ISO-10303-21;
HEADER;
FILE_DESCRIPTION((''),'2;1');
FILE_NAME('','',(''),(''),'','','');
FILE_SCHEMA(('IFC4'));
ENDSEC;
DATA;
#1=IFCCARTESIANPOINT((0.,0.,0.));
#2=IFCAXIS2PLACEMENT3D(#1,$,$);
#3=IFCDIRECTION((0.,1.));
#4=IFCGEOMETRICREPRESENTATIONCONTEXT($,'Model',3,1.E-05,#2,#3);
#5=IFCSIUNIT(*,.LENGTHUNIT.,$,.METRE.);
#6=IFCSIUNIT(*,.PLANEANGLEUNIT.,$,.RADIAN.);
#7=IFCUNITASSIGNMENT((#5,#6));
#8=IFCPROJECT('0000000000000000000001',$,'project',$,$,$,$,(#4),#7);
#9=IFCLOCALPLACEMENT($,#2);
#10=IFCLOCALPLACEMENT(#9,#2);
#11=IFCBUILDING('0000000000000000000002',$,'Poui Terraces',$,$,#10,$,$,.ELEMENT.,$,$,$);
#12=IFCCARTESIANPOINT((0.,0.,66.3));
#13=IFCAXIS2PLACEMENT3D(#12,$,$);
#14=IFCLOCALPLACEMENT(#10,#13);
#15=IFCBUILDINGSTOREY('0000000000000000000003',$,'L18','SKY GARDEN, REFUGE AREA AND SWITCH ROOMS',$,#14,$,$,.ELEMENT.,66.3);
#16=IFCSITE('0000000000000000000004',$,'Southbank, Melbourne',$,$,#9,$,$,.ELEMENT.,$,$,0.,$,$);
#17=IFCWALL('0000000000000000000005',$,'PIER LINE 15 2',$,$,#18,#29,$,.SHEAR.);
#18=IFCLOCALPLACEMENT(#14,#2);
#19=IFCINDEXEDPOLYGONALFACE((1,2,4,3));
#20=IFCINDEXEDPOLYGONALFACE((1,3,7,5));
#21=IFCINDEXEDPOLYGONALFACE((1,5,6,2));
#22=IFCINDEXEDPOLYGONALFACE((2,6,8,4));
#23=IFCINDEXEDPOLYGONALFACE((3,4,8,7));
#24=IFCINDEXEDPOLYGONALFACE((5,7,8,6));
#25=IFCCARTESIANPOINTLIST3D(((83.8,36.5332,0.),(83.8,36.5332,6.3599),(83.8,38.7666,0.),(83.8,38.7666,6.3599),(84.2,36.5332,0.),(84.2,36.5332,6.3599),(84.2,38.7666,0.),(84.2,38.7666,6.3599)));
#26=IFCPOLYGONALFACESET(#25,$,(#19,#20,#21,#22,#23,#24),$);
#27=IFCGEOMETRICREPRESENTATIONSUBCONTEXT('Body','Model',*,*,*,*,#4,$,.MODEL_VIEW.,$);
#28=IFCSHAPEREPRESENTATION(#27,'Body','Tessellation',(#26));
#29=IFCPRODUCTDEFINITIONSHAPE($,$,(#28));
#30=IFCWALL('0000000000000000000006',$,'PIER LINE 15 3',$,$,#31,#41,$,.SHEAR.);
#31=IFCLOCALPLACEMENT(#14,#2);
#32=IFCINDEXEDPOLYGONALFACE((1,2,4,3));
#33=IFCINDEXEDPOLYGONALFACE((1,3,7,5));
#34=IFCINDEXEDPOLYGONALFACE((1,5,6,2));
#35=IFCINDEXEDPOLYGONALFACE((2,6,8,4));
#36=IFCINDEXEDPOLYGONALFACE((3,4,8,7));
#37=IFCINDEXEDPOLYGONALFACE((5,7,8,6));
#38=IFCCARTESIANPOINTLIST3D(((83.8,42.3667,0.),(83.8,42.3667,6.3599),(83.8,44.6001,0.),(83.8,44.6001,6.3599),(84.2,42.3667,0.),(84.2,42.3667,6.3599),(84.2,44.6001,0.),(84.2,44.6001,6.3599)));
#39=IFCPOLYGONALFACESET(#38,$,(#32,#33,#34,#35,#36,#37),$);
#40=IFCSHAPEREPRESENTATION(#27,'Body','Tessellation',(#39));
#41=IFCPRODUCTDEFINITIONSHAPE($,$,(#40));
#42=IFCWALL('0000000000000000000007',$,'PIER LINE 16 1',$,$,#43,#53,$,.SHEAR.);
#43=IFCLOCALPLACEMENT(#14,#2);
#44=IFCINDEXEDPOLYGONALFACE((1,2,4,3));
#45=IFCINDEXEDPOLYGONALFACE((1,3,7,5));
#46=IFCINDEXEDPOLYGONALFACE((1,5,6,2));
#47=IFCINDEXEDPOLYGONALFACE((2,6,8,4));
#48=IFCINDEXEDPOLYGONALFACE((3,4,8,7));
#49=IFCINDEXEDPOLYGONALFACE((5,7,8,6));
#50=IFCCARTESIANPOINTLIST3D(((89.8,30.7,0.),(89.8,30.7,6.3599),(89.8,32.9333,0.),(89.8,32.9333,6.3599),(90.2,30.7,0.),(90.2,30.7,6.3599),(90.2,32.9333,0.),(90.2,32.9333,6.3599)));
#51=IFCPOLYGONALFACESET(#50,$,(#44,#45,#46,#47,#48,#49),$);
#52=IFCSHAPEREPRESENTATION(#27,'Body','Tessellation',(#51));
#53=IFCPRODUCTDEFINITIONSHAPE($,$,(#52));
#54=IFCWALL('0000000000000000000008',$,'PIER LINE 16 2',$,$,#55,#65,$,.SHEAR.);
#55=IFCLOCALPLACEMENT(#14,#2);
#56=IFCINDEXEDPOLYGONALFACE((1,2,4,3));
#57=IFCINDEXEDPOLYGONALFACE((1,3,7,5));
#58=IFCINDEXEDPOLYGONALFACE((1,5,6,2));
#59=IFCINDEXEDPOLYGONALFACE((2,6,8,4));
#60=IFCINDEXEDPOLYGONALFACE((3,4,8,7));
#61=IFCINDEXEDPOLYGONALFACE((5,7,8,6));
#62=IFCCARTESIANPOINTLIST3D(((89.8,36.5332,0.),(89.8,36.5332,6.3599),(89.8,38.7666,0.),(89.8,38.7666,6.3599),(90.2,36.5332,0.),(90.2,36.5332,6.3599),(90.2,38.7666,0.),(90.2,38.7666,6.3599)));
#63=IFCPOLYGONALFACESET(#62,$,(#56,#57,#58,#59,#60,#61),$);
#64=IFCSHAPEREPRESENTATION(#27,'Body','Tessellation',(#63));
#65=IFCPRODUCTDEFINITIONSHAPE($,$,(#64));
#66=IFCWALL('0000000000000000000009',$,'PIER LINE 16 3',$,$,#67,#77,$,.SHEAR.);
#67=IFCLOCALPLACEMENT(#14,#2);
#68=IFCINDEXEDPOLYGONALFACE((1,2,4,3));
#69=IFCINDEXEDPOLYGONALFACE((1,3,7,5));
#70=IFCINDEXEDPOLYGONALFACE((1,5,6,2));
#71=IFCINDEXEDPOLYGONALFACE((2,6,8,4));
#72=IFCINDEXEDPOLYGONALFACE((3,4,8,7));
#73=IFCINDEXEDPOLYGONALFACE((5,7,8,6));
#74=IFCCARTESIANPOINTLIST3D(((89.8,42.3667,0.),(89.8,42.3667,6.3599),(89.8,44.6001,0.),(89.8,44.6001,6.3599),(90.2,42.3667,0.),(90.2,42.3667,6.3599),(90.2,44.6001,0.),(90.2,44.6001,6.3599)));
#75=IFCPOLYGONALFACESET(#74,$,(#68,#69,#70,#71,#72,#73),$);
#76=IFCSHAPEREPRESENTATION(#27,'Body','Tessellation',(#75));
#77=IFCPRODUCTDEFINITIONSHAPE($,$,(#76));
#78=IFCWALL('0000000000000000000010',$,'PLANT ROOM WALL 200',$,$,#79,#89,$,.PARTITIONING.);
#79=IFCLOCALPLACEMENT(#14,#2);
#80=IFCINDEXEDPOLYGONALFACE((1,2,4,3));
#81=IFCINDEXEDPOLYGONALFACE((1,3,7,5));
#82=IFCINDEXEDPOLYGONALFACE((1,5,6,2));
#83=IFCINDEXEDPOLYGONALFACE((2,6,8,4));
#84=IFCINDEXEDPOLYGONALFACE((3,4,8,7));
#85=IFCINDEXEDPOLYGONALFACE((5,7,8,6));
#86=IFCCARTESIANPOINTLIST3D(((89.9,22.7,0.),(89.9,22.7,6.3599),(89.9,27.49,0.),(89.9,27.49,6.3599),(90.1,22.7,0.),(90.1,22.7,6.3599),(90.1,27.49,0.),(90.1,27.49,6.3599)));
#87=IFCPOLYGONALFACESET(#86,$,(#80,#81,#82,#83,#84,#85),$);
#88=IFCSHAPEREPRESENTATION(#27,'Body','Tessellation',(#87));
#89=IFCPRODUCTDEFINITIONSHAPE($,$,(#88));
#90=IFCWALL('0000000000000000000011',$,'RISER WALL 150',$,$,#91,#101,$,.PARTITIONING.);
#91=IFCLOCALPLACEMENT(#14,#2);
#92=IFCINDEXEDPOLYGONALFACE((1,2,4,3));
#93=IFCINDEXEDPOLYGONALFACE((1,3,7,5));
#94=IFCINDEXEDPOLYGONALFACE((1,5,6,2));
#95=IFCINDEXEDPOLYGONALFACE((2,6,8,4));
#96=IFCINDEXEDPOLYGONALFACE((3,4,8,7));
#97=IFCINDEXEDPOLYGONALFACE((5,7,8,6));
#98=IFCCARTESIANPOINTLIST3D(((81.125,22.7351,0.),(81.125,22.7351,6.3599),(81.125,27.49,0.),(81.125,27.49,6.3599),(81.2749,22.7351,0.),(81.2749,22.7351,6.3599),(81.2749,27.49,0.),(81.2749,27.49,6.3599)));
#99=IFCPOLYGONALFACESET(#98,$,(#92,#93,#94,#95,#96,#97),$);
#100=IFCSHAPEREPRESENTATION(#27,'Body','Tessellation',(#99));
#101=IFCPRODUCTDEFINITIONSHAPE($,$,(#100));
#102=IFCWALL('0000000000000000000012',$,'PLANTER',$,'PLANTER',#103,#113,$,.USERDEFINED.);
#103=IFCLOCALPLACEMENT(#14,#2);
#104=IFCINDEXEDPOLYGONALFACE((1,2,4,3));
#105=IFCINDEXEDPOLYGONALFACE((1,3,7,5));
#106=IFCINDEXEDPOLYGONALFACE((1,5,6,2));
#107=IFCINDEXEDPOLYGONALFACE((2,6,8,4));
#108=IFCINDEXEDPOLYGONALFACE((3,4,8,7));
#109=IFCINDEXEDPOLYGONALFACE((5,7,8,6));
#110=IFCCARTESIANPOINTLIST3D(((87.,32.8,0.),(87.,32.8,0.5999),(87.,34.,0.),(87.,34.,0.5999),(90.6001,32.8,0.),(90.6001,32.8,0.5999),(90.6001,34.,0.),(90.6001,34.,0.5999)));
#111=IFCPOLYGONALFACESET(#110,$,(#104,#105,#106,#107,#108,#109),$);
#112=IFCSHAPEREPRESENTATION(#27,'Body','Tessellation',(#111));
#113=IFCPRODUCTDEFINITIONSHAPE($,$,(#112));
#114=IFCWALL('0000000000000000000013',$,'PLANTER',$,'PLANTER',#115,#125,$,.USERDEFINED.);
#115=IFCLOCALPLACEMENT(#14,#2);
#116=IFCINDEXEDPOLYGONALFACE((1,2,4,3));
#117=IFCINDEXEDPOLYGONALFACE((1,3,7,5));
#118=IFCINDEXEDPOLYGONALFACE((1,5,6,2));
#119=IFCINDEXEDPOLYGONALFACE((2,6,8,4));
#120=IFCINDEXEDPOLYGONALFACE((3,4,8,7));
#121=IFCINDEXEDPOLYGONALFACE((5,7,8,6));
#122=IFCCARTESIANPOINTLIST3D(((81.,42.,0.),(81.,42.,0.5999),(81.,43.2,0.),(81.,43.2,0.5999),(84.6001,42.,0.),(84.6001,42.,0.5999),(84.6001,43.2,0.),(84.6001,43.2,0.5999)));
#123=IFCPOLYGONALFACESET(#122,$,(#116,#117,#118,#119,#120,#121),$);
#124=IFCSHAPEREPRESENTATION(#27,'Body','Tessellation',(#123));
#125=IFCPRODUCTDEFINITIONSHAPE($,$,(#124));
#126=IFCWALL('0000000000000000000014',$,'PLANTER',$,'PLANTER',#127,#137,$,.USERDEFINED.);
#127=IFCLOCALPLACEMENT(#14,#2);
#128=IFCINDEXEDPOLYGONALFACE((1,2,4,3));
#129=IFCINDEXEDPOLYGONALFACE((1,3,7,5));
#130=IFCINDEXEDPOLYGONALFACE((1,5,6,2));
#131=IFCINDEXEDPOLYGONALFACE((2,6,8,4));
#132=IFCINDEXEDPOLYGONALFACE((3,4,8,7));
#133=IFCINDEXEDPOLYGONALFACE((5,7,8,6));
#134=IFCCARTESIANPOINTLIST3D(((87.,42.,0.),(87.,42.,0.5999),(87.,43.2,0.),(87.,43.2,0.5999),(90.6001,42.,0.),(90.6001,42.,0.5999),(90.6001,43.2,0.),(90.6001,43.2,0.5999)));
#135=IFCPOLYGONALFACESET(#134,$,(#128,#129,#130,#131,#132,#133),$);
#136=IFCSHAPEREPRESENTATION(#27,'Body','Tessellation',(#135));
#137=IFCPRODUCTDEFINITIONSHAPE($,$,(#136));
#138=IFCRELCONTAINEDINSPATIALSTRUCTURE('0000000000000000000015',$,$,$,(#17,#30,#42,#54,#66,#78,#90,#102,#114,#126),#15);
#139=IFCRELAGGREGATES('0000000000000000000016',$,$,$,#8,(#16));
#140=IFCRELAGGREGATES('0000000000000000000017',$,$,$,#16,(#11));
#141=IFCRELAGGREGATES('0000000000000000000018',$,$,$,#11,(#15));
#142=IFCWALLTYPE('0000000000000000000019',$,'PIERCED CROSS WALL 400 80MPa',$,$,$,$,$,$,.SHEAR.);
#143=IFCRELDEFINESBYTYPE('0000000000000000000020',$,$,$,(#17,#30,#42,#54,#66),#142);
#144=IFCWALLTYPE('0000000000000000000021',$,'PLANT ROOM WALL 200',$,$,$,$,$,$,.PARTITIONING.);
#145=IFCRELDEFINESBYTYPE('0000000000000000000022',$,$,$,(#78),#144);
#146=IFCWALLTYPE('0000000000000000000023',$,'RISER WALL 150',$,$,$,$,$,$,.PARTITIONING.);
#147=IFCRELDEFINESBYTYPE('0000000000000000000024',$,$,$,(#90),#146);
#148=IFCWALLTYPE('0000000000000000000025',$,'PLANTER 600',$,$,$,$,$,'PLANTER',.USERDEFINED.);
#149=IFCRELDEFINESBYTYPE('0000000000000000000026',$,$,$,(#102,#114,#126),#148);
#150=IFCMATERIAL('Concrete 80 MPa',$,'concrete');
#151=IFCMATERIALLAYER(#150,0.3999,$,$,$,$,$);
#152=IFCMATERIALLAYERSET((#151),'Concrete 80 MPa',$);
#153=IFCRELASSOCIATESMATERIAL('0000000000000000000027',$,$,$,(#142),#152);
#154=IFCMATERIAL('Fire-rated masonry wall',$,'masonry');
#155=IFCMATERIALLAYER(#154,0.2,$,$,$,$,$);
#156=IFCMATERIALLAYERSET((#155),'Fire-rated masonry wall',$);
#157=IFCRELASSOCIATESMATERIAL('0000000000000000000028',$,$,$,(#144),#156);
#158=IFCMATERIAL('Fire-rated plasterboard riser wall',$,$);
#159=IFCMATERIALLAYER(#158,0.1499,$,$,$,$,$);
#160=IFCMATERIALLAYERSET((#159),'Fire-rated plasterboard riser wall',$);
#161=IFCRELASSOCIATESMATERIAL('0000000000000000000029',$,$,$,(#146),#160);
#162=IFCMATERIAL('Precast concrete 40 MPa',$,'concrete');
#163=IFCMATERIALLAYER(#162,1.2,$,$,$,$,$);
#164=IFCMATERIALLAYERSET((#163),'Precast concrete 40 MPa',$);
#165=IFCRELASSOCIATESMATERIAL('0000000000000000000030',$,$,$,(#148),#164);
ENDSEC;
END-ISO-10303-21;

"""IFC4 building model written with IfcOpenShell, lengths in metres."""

from ifc_helpers import new_model, si_unit, direction, frame, frame_2d, origin, place, context, subcontext, project, spatial, polyline, rectangle, outline, extrude, source, transform, mapped, material, layer, layer_set, type_object, element, save


model = new_model("IFC4")

# Units and contexts
model_context = context("Model", 3, precision=1e-05, world=origin(), true_north=direction((0.0, 1.0)))
body_context = subcontext(model_context, "Body", "Model", "MODEL_VIEW")
ifc_project = project(units=[si_unit("LENGTHUNIT", "METRE"), si_unit("PLANEANGLEUNIT", "RADIAN")], contexts=[model_context])

# Site, building, storey
site_placement = place(None, origin())
site = spatial("IfcSite", under=ifc_project, at=site_placement, Name="Southbank, Melbourne", CompositionType="ELEMENT", RefElevation=0.0)
building_placement = place(site_placement, origin())
building = spatial("IfcBuilding", under=site, at=building_placement, Name="Poui Terraces", CompositionType="ELEMENT")
storey_placement = place(building_placement, frame((0.0, 0.0, 66.3)))
storey = spatial("IfcBuildingStorey", under=building, at=storey_placement, Name="L18", Description="SKY GARDEN, REFUGE AREA AND SWITCH ROOMS", CompositionType="ELEMENT", Elevation=66.3)

# Shared definitions
ifc_material_1 = material(Name="Concrete 80 MPa", Category="concrete")

# Walls
ifc_layer_1 = layer(ifc_material_1, 0.3999)
ifc_layer_set_1 = layer_set([ifc_layer_1], Name="Concrete 80 MPa")
wall_type_1 = type_object("IfcWallType", Name="PIERCED CROSS WALL 400 80MPa", PredefinedType="SHEAR", material=ifc_layer_set_1)
for number, where, z_axis, x_axis, name in (
    (1, (84.0, 36.5332, 0.0), (0.0, 0.0, 1.0), (0.0, 1.0, 0.0), "PIER LINE 15 2"),
    (2, (84.0, 42.3667, 0.0), (0.0, 0.0, 1.0), (0.0, 1.0, 0.0), "PIER LINE 15 3"),
    (3, (90.0, 30.7, 0.0), (0.0, 0.0, 1.0), (0.0, 1.0, 0.0), "PIER LINE 16 1"),
    (4, (90.0, 36.5332, 0.0), (0.0, 0.0, 1.0), (0.0, 1.0, 0.0), "PIER LINE 16 2"),
    (5, (90.0, 42.3667, 0.0), (0.0, 0.0, 1.0), (0.0, 1.0, 0.0), "PIER LINE 16 3"),
):
    element("IfcWall", number, at=place(storey_placement, frame(where, z_axis=z_axis, x_axis=x_axis)), inside=storey, type_object=wall_type_1, Name=name, PredefinedType="SHEAR", context=body_context, shape_type="SweptSolid", body=[
        extrude(rectangle(XDim=2.2334, YDim=0.3999, at=frame_2d((1.1167, 0.0))), origin(), (0.0, 0.0, 1.0), 6.3599),
    ])
ifc_material_2 = material(Name="Fire-rated masonry wall", Category="masonry")
ifc_layer_2 = layer(ifc_material_2, 0.2)
ifc_layer_set_2 = layer_set([ifc_layer_2], Name="Fire-rated masonry wall")
wall_type_2 = type_object("IfcWallType", Name="PLANT ROOM WALL 200", PredefinedType="PARTITIONING", material=ifc_layer_set_2)
wall_1_placement = place(storey_placement, frame((90.0, 22.7, 0.0), z_axis=(0.0, 0.0, 1.0), x_axis=(0.0, 1.0, 0.0)))
element("IfcWall", 6, at=wall_1_placement, inside=storey, type_object=wall_type_2, Name="PLANT ROOM WALL 200", PredefinedType="PARTITIONING", context=body_context, shape_type="SweptSolid", body=[
    extrude(rectangle(XDim=4.79, YDim=0.2, at=frame_2d((2.395, 0.0))), origin(), (0.0, 0.0, 1.0), 6.3599),
])
ifc_material_3 = material(Name="Fire-rated plasterboard riser wall")
ifc_layer_3 = layer(ifc_material_3, 0.1499)
ifc_layer_set_3 = layer_set([ifc_layer_3], Name="Fire-rated plasterboard riser wall")
wall_type_3 = type_object("IfcWallType", Name="RISER WALL 150", PredefinedType="PARTITIONING", material=ifc_layer_set_3)
wall_2_placement = place(storey_placement, frame((81.2, 22.7351, 0.0), z_axis=(0.0, 0.0, 1.0), x_axis=(0.0, 1.0, 0.0)))
element("IfcWall", 7, at=wall_2_placement, inside=storey, type_object=wall_type_3, Name="RISER WALL 150", PredefinedType="PARTITIONING", context=body_context, shape_type="SweptSolid", body=[
    extrude(rectangle(XDim=4.7549, YDim=0.1499, at=frame_2d((2.3774, 0.0))), origin(), (0.0, 0.0, 1.0), 6.3599),
])
ifc_material_4 = material(Name="Precast concrete 40 MPa", Category="concrete")
ifc_layer_4 = layer(ifc_material_4, 1.2)
ifc_layer_set_4 = layer_set([ifc_layer_4], Name="Precast concrete 40 MPa")
wall_type_4 = type_object("IfcWallType", Name="PLANTER 600", ElementType="PLANTER", PredefinedType="USERDEFINED", material=ifc_layer_set_4)
shared_shape_1 = source(origin(), body_context, "Body", "SweptSolid", [
    extrude(outline(polyline([(0.0, 0.0), (3.6001, 0.0), (3.6001, 1.2), (0.0, 1.2), (0.0, 0.0)])), origin(), (0.0, 0.0, 1.0), 0.5999),
])
for number, where, name in (
    (8, (87.0, 32.8, 0.0), "PLANTER"),
    (9, (81.0, 42.0, 0.0), "PLANTER"),
    (10, (87.0, 42.0, 0.0), "PLANTER"),
):
    element("IfcWall", number, at=place(storey_placement, frame(where)), inside=storey, type_object=wall_type_4, Name=name, ObjectType="PLANTER", PredefinedType="USERDEFINED", context=body_context, shape_type="MappedRepresentation", body=[
        mapped(shared_shape_1, transform((0.0, 0.0, 0.0))),
    ])

save(model, "model.ifc")
